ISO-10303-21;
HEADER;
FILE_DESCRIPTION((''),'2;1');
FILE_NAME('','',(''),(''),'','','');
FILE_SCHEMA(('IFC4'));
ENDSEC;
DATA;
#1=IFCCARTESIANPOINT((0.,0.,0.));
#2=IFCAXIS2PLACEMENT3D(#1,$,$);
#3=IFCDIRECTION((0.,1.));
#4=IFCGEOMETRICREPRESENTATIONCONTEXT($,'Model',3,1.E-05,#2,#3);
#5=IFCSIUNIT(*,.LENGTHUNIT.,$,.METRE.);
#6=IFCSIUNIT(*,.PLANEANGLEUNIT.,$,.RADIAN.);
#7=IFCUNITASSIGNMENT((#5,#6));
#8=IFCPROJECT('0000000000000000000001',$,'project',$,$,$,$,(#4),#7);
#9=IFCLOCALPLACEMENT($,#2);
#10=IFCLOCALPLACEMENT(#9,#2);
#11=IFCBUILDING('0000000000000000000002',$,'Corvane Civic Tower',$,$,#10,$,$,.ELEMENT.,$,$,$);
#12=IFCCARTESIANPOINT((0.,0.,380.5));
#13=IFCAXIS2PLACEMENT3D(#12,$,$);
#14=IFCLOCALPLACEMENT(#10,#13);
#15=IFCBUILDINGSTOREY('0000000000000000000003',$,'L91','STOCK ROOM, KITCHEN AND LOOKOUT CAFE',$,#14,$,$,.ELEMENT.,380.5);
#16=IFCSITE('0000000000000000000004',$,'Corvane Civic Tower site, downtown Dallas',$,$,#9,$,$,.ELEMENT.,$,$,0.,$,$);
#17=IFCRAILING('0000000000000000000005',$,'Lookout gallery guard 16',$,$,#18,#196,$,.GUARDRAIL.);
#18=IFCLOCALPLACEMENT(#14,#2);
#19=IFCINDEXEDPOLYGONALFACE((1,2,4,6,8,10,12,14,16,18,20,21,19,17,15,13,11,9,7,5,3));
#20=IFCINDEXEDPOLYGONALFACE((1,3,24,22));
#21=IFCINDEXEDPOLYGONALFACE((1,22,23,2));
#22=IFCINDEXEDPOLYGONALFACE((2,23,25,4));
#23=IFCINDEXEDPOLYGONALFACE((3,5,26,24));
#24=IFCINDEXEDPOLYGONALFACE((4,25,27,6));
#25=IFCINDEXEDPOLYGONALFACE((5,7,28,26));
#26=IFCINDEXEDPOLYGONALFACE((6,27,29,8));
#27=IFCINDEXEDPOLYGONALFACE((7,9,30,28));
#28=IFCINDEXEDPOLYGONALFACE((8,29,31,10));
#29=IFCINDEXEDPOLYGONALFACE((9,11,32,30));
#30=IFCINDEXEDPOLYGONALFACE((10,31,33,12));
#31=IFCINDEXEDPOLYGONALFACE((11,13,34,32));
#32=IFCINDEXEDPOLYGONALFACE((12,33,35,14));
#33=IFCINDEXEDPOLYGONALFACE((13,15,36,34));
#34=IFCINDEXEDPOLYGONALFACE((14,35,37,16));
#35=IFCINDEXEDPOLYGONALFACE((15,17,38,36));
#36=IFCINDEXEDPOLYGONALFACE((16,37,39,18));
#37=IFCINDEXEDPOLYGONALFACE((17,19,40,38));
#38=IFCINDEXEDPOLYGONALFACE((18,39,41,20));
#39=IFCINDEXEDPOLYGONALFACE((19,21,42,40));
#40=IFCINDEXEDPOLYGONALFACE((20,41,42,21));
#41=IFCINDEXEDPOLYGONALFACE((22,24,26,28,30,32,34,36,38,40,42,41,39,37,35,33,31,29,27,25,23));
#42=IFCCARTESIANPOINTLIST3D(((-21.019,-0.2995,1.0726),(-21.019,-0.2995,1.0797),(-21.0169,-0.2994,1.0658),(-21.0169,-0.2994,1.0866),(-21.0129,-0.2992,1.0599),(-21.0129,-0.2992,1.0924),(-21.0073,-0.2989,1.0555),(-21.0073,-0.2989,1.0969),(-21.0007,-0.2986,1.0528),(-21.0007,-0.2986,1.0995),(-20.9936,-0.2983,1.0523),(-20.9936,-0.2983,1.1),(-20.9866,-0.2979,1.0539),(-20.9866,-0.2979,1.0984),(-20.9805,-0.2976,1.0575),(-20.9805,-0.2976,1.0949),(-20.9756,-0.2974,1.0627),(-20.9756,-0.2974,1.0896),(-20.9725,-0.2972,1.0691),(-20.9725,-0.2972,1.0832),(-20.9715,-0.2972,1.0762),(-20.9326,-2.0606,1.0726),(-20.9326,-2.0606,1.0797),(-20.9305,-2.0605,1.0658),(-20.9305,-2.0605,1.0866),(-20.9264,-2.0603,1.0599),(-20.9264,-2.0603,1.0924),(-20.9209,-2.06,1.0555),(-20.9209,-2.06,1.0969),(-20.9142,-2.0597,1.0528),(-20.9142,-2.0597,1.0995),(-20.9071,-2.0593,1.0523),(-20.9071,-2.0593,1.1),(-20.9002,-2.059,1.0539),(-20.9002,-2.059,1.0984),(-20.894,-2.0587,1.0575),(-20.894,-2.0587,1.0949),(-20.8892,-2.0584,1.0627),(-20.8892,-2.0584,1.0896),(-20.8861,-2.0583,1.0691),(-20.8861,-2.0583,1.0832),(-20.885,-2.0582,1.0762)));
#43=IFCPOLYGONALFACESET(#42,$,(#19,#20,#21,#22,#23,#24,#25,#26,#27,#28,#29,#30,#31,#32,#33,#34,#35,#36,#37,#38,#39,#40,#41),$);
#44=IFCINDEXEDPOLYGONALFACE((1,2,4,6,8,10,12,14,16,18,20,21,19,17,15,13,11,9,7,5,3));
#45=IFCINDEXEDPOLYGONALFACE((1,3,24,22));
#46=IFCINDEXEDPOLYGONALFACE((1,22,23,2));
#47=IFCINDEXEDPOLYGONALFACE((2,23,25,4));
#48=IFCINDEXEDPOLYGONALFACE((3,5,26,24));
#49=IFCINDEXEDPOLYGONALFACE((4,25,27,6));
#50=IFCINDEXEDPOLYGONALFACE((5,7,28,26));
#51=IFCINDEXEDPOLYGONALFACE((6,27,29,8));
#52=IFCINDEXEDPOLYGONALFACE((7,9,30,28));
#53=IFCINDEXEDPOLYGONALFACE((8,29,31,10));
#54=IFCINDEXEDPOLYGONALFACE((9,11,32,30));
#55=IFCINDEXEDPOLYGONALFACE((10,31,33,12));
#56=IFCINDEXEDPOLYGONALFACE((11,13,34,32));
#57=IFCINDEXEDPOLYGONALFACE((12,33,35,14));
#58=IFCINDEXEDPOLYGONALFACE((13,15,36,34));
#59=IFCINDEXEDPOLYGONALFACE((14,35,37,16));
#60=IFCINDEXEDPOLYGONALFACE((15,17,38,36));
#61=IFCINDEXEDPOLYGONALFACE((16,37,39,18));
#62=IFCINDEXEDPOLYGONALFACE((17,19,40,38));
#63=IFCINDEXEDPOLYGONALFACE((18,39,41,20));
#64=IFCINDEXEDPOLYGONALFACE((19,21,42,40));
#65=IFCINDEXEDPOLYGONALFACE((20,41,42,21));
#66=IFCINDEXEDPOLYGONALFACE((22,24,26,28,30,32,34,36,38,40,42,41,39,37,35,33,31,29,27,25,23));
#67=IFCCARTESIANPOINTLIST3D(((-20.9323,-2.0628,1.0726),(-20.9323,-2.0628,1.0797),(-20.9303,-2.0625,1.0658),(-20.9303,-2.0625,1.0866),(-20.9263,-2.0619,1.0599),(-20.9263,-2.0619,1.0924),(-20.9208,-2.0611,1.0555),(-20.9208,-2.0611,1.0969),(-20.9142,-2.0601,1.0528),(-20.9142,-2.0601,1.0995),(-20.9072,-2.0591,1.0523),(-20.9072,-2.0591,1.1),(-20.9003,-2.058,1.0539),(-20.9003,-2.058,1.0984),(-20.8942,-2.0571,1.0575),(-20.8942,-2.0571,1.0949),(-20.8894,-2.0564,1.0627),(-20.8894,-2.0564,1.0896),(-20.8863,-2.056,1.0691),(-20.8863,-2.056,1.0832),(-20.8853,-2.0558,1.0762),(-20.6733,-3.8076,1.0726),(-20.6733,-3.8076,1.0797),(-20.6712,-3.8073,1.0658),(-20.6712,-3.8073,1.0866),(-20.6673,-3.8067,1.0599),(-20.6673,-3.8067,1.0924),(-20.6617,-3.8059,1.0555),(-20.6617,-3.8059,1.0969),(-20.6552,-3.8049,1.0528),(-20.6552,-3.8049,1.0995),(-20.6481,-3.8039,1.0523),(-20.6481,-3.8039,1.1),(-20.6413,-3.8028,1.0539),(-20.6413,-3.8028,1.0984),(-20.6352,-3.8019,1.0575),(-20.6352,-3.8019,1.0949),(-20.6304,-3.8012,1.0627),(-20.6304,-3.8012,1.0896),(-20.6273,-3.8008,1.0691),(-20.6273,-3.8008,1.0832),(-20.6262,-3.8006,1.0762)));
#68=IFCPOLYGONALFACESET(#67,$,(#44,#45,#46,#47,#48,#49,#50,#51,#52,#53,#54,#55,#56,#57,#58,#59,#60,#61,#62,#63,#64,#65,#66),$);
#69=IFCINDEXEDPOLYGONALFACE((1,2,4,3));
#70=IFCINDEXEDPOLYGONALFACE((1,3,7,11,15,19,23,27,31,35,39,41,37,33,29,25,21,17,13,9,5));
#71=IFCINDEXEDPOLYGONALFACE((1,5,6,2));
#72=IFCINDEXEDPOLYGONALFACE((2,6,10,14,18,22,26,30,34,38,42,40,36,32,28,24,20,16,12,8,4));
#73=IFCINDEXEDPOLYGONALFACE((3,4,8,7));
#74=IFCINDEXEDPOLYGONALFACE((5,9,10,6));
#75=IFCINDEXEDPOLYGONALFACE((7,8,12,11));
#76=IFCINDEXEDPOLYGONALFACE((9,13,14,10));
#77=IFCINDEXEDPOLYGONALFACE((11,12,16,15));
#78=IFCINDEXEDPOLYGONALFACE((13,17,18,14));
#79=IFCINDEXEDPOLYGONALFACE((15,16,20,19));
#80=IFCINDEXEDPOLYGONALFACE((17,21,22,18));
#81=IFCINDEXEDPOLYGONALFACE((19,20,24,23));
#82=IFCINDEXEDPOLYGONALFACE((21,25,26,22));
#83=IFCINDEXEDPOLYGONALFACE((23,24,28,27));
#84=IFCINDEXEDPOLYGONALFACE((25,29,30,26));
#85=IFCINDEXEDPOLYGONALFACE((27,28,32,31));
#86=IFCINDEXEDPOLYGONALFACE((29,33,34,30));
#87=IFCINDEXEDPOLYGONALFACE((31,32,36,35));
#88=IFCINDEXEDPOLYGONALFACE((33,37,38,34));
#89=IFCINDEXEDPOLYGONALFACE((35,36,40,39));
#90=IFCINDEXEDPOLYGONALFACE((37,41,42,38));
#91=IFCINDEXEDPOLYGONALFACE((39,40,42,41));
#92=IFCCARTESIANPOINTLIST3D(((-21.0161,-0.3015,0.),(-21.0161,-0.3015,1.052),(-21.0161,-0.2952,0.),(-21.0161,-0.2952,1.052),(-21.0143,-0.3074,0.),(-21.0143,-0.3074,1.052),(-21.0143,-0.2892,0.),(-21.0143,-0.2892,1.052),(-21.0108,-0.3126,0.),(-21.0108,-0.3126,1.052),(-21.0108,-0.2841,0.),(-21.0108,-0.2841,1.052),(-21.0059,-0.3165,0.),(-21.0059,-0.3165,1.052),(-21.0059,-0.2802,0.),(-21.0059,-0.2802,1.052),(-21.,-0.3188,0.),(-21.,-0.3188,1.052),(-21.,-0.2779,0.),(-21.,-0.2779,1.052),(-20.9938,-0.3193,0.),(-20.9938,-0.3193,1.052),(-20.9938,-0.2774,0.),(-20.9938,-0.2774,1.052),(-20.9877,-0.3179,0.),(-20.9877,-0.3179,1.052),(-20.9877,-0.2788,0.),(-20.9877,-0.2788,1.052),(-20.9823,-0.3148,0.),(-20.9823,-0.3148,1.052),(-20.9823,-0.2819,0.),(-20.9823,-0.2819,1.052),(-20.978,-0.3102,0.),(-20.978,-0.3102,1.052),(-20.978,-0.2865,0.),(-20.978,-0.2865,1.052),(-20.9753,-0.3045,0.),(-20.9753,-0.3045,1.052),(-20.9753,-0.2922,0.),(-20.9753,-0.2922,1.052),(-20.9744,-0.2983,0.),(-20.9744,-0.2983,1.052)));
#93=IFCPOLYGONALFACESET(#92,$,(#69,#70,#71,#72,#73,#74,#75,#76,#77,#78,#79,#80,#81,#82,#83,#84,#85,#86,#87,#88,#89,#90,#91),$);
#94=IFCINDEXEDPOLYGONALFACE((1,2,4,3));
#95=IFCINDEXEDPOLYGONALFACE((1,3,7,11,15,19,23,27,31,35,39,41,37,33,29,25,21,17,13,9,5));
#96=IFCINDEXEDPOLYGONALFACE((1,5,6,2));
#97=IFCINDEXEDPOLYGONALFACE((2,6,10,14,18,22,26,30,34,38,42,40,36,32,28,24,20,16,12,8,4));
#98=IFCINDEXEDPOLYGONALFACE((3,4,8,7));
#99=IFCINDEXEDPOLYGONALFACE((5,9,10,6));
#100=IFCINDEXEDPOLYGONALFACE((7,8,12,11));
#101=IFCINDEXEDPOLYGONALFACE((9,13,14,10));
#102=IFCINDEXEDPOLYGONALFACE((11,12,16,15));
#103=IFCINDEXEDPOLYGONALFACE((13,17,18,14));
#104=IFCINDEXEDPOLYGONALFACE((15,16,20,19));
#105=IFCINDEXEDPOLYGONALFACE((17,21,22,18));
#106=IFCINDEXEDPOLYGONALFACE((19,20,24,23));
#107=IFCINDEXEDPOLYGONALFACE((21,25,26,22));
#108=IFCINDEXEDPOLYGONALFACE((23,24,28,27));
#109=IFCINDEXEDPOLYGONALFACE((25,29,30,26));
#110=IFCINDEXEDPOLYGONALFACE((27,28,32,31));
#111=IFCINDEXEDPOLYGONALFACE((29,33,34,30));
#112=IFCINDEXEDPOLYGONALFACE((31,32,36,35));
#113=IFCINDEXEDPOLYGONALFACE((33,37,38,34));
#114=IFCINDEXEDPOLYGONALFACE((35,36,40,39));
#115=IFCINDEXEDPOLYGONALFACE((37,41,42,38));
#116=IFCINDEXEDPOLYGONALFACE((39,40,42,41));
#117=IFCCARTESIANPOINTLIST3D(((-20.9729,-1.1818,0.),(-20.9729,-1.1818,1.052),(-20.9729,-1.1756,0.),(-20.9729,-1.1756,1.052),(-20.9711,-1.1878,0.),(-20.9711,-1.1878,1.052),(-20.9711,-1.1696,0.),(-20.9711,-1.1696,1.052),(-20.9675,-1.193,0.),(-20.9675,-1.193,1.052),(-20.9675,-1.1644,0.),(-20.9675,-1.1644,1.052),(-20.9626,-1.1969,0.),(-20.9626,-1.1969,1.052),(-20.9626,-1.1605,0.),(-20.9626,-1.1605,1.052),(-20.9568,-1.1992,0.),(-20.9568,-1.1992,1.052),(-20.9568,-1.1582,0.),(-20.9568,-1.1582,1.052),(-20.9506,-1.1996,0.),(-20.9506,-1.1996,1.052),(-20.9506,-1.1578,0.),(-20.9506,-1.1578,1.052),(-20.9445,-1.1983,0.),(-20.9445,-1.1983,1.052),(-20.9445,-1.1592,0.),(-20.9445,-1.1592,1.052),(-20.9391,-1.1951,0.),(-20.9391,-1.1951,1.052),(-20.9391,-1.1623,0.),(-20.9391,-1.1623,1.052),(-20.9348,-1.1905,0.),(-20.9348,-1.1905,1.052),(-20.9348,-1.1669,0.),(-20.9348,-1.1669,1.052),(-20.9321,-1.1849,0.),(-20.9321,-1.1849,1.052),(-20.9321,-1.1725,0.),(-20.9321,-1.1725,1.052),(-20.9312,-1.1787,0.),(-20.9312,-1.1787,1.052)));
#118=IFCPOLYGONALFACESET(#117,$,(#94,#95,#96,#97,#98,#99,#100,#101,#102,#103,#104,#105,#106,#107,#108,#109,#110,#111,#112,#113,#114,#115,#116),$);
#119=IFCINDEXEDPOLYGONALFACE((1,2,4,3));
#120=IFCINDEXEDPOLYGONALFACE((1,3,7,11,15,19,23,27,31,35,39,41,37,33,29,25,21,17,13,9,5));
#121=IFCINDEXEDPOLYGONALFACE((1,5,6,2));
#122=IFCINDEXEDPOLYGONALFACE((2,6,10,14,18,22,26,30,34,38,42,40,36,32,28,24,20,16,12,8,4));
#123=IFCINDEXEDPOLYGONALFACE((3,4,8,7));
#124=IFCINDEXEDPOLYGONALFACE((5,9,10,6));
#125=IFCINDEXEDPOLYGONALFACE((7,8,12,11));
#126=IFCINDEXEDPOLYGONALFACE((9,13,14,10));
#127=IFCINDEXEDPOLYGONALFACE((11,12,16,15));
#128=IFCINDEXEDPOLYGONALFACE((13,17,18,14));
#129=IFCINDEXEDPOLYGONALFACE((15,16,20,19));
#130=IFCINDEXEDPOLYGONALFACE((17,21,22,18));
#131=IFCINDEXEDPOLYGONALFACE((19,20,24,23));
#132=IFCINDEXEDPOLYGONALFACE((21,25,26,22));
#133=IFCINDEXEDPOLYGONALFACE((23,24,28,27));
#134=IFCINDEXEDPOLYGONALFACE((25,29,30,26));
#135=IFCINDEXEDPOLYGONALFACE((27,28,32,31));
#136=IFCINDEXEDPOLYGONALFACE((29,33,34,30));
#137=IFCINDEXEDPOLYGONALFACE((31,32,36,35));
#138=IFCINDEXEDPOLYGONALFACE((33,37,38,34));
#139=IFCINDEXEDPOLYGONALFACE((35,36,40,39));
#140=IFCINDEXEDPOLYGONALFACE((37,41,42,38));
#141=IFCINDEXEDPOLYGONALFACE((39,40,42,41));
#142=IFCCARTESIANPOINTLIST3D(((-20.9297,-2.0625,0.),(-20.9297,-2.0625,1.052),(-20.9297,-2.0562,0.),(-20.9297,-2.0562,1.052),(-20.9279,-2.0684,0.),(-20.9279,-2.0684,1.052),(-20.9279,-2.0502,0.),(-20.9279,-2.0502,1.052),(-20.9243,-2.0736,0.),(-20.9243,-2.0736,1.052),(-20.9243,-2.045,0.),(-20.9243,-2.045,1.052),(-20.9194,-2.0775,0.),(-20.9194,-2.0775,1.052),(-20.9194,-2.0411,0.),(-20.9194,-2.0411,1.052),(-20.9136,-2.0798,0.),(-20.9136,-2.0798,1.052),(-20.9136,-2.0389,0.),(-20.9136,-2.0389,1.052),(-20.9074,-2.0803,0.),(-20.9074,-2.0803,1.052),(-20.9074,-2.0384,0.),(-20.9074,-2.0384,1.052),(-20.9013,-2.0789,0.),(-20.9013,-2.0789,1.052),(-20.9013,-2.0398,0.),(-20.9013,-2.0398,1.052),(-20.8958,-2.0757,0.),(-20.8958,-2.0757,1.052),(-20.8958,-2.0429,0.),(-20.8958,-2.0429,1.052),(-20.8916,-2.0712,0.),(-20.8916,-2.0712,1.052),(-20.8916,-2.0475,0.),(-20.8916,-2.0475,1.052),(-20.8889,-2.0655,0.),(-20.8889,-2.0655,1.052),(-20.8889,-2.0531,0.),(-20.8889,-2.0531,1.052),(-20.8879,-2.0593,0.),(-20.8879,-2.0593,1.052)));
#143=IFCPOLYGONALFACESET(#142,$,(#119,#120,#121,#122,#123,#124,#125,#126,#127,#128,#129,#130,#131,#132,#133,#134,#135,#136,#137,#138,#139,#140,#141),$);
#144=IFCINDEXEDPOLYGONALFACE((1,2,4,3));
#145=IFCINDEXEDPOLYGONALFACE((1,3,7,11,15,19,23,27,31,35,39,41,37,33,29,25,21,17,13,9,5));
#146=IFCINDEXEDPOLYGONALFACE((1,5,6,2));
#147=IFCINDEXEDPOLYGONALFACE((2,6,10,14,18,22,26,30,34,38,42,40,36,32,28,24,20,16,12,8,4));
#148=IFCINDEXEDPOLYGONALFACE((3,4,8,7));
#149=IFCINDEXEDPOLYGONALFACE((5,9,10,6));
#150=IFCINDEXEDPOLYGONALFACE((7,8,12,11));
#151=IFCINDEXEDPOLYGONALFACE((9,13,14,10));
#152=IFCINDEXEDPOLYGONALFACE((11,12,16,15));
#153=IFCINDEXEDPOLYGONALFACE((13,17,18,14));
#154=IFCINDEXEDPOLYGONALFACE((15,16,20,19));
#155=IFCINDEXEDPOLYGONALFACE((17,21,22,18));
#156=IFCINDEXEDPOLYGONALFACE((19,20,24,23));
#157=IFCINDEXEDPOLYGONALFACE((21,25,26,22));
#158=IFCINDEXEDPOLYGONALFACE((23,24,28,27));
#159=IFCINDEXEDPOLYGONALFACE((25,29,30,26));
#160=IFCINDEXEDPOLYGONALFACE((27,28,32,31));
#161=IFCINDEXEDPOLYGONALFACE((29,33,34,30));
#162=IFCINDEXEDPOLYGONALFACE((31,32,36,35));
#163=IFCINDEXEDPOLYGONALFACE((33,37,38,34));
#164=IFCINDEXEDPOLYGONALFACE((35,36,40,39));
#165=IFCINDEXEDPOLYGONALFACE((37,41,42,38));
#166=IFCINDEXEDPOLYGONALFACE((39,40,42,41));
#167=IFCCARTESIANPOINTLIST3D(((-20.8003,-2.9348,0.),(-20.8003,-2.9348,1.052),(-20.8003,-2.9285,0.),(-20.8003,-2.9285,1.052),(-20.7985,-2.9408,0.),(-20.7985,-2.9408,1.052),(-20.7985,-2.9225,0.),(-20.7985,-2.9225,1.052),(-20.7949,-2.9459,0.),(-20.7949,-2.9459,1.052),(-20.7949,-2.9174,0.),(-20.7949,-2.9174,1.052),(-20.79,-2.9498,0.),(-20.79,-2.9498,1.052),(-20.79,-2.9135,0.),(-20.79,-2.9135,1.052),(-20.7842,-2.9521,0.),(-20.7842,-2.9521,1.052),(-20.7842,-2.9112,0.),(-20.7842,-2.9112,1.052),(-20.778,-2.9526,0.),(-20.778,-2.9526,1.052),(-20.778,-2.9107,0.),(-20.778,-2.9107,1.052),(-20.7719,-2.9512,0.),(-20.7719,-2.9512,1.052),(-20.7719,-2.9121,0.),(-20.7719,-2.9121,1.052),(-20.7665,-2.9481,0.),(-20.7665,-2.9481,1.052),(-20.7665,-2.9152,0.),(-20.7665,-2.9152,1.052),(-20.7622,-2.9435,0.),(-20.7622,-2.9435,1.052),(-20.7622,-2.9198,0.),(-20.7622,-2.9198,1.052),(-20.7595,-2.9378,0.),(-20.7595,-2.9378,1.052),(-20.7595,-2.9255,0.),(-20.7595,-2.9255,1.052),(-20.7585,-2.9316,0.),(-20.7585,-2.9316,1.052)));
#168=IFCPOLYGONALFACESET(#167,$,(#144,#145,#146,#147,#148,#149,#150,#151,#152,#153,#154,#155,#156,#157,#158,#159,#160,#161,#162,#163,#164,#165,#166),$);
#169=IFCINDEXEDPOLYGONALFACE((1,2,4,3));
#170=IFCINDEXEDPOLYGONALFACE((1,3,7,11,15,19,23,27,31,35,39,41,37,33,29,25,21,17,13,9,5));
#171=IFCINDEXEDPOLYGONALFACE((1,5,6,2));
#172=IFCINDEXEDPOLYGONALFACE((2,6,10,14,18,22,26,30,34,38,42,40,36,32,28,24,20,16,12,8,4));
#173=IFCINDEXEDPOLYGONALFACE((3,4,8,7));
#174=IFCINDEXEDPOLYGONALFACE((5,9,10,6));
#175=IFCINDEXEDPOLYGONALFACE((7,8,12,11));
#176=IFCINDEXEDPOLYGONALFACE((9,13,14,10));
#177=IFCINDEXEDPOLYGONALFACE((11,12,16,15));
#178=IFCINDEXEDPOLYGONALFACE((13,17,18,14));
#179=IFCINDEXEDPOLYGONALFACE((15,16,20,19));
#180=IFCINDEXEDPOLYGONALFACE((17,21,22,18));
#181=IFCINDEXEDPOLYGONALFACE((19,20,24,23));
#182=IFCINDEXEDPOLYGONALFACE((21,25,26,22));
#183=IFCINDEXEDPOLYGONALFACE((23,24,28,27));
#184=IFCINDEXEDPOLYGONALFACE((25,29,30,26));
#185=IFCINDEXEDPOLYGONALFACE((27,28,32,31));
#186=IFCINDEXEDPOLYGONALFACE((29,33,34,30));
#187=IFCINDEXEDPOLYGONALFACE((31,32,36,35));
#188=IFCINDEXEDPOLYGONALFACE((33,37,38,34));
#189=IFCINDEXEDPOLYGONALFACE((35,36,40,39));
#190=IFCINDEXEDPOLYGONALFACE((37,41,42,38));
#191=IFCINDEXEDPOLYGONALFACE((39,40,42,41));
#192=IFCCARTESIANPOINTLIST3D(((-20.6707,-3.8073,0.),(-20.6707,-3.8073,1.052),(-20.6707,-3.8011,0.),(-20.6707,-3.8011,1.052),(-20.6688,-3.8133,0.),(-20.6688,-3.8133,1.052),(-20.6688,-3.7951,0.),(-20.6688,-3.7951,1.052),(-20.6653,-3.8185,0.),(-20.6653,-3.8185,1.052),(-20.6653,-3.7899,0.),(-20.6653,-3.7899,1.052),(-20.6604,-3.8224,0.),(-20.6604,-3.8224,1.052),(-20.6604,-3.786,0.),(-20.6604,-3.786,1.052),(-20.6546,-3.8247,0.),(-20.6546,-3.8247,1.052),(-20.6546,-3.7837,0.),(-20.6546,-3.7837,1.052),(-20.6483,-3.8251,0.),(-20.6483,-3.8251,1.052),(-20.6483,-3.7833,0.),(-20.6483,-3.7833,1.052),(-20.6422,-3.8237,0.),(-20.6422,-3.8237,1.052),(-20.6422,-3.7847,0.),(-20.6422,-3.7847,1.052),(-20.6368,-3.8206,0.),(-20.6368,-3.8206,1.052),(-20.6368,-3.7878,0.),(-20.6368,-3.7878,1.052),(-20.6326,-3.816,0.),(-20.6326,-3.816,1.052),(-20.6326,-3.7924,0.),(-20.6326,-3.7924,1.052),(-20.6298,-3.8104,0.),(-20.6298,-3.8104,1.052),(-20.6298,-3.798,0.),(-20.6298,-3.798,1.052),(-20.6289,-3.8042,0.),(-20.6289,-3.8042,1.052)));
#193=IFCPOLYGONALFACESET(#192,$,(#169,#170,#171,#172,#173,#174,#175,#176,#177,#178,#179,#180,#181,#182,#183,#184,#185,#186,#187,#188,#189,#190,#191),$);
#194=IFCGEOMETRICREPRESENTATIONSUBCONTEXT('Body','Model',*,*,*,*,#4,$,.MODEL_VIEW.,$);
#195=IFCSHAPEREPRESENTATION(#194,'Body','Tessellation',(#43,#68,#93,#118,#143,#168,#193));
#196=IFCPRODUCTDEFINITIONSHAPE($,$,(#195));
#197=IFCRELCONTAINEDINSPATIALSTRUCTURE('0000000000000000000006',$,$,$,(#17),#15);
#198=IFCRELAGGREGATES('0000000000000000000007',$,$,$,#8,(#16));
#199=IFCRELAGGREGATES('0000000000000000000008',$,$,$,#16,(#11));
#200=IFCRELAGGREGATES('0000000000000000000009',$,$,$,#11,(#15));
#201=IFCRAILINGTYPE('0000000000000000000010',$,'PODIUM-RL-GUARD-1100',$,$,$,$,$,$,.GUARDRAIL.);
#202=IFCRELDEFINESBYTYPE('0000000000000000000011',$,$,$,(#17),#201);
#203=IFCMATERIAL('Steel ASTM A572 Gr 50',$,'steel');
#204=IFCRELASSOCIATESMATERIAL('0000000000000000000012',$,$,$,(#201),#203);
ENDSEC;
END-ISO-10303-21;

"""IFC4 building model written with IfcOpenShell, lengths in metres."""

from ifc_helpers import new_model, si_unit, direction, frame, origin, origin_2d, place, context, subcontext, project, spatial, circle, extrude, material, type_object, element, save


model = new_model("IFC4")

# Units and contexts
model_context = context("Model", 3, precision=1e-05, world=origin(), true_north=direction((0.0, 1.0)))
body_context = subcontext(model_context, "Body", "Model", "MODEL_VIEW")
ifc_project = project(units=[si_unit("LENGTHUNIT", "METRE"), si_unit("PLANEANGLEUNIT", "RADIAN")], contexts=[model_context])

# Site, building, storey
site_placement = place(None, origin())
site = spatial("IfcSite", under=ifc_project, at=site_placement, Name="Corvane Civic Tower site, downtown Dallas", CompositionType="ELEMENT", RefElevation=0.0)
building_placement = place(site_placement, origin())
building = spatial("IfcBuilding", under=site, at=building_placement, Name="Corvane Civic Tower", CompositionType="ELEMENT")
storey_placement = place(building_placement, frame((0.0, 0.0, 380.5)))
storey = spatial("IfcBuildingStorey", under=building, at=storey_placement, Name="L91", Description="STOCK ROOM, KITCHEN AND LOOKOUT CAFE", CompositionType="ELEMENT", Elevation=380.5)

# Railing
ifc_material_1 = material(Name="Steel ASTM A572 Gr 50", Category="steel")
railing_type = type_object("IfcRailingType", Name="PODIUM-RL-GUARD-1100", PredefinedType="GUARDRAIL", material=ifc_material_1)
railing_placement = place(storey_placement, frame((-20.9954, -0.2983, 0.0)))
element("IfcRailing", 1, at=railing_placement, inside=storey, type_object=railing_type, Name="Lookout gallery guard 16", PredefinedType="GUARDRAIL", context=body_context, shape_type="SweptSolid", body=[
    extrude(circle(Radius=0.0239, at=origin_2d()), frame((0.0, 0.0, 1.0762), z_axis=(0.049019, -0.998798, 0.0), x_axis=(0.998798, 0.049019, 0.0)), (0.0, 0.0, 1.0), 1.7632),
    extrude(circle(Radius=0.0239, at=origin_2d()), frame((0.0864, -1.761, 1.0762), z_axis=(0.146845, -0.98916, 0.0), x_axis=(0.98916, 0.146845, 0.0)), (0.0, 0.0, 1.0), 1.7639),
    extrude(circle(Radius=0.021, at=origin_2d()), origin(), (0.0, 0.0, 1.0), 1.052),
    extrude(circle(Radius=0.021, at=origin_2d()), frame((0.0432, -0.8804, 0.0)), (0.0, 0.0, 1.0), 1.052),
    extrude(circle(Radius=0.021, at=origin_2d()), frame((0.0864, -1.761, 0.0)), (0.0, 0.0, 1.0), 1.052),
    extrude(circle(Radius=0.021, at=origin_2d()), frame((0.2158, -2.6333, 0.0)), (0.0, 0.0, 1.0), 1.052),
    extrude(circle(Radius=0.021, at=origin_2d()), frame((0.3455, -3.5059, 0.0)), (0.0, 0.0, 1.0), 1.052),
])

save(model, "model.ifc")
